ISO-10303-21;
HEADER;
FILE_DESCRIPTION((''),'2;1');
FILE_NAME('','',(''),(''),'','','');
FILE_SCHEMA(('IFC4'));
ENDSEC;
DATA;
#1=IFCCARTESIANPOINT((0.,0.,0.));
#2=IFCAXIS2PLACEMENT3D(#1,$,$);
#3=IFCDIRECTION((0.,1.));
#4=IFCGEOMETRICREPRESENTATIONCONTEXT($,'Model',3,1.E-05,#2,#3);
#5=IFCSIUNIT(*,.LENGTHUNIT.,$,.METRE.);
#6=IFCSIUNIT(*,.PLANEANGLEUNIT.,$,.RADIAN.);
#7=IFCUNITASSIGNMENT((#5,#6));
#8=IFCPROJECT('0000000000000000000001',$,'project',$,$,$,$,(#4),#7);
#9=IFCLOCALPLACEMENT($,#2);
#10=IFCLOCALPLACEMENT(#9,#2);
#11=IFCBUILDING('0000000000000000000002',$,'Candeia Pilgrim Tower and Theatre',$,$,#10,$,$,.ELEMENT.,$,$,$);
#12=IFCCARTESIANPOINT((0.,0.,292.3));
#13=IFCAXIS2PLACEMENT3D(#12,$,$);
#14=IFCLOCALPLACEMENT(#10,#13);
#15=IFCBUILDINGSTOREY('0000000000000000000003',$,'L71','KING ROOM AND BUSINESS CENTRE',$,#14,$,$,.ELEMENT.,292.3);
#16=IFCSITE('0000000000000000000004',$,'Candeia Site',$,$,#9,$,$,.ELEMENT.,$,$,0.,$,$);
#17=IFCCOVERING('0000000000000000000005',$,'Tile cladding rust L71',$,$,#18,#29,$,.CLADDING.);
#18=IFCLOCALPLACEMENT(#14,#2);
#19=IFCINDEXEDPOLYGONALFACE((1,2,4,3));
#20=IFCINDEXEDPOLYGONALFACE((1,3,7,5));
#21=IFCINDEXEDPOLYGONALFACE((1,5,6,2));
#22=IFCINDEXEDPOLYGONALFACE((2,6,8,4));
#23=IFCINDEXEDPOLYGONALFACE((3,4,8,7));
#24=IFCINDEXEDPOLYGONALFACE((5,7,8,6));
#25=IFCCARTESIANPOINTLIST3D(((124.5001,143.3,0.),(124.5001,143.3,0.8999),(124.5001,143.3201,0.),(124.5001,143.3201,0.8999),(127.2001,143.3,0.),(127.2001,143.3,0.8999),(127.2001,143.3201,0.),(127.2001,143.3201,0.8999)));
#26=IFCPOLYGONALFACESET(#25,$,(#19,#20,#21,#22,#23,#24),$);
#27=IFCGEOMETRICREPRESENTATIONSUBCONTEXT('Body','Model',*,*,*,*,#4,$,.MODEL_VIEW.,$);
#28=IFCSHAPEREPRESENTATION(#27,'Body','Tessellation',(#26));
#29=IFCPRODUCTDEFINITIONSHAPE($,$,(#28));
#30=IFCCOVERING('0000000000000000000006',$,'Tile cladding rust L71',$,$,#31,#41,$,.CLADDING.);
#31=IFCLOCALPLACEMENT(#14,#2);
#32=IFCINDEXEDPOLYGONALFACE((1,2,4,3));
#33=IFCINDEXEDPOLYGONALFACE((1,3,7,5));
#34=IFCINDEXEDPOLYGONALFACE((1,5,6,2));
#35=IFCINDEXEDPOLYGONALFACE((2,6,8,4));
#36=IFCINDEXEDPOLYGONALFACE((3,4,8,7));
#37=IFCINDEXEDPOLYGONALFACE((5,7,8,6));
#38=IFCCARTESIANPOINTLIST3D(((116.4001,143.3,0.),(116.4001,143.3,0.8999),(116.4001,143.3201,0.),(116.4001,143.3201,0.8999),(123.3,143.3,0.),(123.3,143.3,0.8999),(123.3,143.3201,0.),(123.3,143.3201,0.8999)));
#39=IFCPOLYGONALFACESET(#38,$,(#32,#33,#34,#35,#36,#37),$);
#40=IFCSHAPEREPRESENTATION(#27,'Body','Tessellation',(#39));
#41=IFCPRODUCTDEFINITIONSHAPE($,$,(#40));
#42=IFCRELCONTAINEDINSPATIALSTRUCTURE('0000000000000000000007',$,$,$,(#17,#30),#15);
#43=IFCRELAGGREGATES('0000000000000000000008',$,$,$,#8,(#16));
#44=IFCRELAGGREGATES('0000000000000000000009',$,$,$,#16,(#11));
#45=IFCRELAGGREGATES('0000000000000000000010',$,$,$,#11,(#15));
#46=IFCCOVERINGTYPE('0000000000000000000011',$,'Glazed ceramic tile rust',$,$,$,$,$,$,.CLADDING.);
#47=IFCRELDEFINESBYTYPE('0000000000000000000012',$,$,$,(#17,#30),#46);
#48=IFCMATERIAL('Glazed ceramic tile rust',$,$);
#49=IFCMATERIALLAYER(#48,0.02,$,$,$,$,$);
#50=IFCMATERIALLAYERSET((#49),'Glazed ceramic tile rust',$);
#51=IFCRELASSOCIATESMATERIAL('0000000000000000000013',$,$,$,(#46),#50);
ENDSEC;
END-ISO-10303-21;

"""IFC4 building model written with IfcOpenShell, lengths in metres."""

from ifc_helpers import new_model, si_unit, direction, frame, origin, origin_2d, place, context, subcontext, project, spatial, rectangle, extrude, material, layer, layer_set, type_object, element, save


model = new_model("IFC4")

# Units and contexts
model_context = context("Model", 3, precision=1e-05, world=origin(), true_north=direction((0.0, 1.0)))
body_context = subcontext(model_context, "Body", "Model", "MODEL_VIEW")
ifc_project = project(units=[si_unit("LENGTHUNIT", "METRE"), si_unit("PLANEANGLEUNIT", "RADIAN")], contexts=[model_context])

# Site, building, storey
site_placement = place(None, origin())
site = spatial("IfcSite", under=ifc_project, at=site_placement, Name="Candeia Site", CompositionType="ELEMENT", RefElevation=0.0)
building_placement = place(site_placement, origin())
building = spatial("IfcBuilding", under=site, at=building_placement, Name="Candeia Pilgrim Tower and Theatre", CompositionType="ELEMENT")
storey_placement = place(building_placement, frame((0.0, 0.0, 292.3)))
storey = spatial("IfcBuildingStorey", under=building, at=storey_placement, Name="L71", Description="KING ROOM AND BUSINESS CENTRE", CompositionType="ELEMENT", Elevation=292.3)

# Coverings
ifc_material_1 = material(Name="Glazed ceramic tile rust")
ifc_layer_1 = layer(ifc_material_1, 0.02)
ifc_layer_set_1 = layer_set([ifc_layer_1], Name="Glazed ceramic tile rust")
covering_type = type_object("IfcCoveringType", Name="Glazed ceramic tile rust", PredefinedType="CLADDING", material=ifc_layer_set_1)
covering_1_placement = place(storey_placement, frame((125.8501, 143.3101, 0.0), z_axis=(0.0, 0.0, 1.0), x_axis=(-1.0, 0.0, 0.0)))
element("IfcCovering", 1, at=covering_1_placement, inside=storey, type_object=covering_type, Name="Tile cladding rust L71", PredefinedType="CLADDING", context=body_context, shape_type="SweptSolid", body=[
    extrude(rectangle(XDim=2.7, YDim=0.02, at=origin_2d()), origin(), (0.0, 0.0, 1.0), 0.8999),
])
covering_2_placement = place(storey_placement, frame((119.8501, 143.3101, 0.0), z_axis=(0.0, 0.0, 1.0), x_axis=(-1.0, 0.0, 0.0)))
element("IfcCovering", 2, at=covering_2_placement, inside=storey, type_object=covering_type, Name="Tile cladding rust L71", PredefinedType="CLADDING", context=body_context, shape_type="SweptSolid", body=[
    extrude(rectangle(XDim=6.8999, YDim=0.02, at=origin_2d()), origin(), (0.0, 0.0, 1.0), 0.8999),
])

save(model, "model.ifc")
